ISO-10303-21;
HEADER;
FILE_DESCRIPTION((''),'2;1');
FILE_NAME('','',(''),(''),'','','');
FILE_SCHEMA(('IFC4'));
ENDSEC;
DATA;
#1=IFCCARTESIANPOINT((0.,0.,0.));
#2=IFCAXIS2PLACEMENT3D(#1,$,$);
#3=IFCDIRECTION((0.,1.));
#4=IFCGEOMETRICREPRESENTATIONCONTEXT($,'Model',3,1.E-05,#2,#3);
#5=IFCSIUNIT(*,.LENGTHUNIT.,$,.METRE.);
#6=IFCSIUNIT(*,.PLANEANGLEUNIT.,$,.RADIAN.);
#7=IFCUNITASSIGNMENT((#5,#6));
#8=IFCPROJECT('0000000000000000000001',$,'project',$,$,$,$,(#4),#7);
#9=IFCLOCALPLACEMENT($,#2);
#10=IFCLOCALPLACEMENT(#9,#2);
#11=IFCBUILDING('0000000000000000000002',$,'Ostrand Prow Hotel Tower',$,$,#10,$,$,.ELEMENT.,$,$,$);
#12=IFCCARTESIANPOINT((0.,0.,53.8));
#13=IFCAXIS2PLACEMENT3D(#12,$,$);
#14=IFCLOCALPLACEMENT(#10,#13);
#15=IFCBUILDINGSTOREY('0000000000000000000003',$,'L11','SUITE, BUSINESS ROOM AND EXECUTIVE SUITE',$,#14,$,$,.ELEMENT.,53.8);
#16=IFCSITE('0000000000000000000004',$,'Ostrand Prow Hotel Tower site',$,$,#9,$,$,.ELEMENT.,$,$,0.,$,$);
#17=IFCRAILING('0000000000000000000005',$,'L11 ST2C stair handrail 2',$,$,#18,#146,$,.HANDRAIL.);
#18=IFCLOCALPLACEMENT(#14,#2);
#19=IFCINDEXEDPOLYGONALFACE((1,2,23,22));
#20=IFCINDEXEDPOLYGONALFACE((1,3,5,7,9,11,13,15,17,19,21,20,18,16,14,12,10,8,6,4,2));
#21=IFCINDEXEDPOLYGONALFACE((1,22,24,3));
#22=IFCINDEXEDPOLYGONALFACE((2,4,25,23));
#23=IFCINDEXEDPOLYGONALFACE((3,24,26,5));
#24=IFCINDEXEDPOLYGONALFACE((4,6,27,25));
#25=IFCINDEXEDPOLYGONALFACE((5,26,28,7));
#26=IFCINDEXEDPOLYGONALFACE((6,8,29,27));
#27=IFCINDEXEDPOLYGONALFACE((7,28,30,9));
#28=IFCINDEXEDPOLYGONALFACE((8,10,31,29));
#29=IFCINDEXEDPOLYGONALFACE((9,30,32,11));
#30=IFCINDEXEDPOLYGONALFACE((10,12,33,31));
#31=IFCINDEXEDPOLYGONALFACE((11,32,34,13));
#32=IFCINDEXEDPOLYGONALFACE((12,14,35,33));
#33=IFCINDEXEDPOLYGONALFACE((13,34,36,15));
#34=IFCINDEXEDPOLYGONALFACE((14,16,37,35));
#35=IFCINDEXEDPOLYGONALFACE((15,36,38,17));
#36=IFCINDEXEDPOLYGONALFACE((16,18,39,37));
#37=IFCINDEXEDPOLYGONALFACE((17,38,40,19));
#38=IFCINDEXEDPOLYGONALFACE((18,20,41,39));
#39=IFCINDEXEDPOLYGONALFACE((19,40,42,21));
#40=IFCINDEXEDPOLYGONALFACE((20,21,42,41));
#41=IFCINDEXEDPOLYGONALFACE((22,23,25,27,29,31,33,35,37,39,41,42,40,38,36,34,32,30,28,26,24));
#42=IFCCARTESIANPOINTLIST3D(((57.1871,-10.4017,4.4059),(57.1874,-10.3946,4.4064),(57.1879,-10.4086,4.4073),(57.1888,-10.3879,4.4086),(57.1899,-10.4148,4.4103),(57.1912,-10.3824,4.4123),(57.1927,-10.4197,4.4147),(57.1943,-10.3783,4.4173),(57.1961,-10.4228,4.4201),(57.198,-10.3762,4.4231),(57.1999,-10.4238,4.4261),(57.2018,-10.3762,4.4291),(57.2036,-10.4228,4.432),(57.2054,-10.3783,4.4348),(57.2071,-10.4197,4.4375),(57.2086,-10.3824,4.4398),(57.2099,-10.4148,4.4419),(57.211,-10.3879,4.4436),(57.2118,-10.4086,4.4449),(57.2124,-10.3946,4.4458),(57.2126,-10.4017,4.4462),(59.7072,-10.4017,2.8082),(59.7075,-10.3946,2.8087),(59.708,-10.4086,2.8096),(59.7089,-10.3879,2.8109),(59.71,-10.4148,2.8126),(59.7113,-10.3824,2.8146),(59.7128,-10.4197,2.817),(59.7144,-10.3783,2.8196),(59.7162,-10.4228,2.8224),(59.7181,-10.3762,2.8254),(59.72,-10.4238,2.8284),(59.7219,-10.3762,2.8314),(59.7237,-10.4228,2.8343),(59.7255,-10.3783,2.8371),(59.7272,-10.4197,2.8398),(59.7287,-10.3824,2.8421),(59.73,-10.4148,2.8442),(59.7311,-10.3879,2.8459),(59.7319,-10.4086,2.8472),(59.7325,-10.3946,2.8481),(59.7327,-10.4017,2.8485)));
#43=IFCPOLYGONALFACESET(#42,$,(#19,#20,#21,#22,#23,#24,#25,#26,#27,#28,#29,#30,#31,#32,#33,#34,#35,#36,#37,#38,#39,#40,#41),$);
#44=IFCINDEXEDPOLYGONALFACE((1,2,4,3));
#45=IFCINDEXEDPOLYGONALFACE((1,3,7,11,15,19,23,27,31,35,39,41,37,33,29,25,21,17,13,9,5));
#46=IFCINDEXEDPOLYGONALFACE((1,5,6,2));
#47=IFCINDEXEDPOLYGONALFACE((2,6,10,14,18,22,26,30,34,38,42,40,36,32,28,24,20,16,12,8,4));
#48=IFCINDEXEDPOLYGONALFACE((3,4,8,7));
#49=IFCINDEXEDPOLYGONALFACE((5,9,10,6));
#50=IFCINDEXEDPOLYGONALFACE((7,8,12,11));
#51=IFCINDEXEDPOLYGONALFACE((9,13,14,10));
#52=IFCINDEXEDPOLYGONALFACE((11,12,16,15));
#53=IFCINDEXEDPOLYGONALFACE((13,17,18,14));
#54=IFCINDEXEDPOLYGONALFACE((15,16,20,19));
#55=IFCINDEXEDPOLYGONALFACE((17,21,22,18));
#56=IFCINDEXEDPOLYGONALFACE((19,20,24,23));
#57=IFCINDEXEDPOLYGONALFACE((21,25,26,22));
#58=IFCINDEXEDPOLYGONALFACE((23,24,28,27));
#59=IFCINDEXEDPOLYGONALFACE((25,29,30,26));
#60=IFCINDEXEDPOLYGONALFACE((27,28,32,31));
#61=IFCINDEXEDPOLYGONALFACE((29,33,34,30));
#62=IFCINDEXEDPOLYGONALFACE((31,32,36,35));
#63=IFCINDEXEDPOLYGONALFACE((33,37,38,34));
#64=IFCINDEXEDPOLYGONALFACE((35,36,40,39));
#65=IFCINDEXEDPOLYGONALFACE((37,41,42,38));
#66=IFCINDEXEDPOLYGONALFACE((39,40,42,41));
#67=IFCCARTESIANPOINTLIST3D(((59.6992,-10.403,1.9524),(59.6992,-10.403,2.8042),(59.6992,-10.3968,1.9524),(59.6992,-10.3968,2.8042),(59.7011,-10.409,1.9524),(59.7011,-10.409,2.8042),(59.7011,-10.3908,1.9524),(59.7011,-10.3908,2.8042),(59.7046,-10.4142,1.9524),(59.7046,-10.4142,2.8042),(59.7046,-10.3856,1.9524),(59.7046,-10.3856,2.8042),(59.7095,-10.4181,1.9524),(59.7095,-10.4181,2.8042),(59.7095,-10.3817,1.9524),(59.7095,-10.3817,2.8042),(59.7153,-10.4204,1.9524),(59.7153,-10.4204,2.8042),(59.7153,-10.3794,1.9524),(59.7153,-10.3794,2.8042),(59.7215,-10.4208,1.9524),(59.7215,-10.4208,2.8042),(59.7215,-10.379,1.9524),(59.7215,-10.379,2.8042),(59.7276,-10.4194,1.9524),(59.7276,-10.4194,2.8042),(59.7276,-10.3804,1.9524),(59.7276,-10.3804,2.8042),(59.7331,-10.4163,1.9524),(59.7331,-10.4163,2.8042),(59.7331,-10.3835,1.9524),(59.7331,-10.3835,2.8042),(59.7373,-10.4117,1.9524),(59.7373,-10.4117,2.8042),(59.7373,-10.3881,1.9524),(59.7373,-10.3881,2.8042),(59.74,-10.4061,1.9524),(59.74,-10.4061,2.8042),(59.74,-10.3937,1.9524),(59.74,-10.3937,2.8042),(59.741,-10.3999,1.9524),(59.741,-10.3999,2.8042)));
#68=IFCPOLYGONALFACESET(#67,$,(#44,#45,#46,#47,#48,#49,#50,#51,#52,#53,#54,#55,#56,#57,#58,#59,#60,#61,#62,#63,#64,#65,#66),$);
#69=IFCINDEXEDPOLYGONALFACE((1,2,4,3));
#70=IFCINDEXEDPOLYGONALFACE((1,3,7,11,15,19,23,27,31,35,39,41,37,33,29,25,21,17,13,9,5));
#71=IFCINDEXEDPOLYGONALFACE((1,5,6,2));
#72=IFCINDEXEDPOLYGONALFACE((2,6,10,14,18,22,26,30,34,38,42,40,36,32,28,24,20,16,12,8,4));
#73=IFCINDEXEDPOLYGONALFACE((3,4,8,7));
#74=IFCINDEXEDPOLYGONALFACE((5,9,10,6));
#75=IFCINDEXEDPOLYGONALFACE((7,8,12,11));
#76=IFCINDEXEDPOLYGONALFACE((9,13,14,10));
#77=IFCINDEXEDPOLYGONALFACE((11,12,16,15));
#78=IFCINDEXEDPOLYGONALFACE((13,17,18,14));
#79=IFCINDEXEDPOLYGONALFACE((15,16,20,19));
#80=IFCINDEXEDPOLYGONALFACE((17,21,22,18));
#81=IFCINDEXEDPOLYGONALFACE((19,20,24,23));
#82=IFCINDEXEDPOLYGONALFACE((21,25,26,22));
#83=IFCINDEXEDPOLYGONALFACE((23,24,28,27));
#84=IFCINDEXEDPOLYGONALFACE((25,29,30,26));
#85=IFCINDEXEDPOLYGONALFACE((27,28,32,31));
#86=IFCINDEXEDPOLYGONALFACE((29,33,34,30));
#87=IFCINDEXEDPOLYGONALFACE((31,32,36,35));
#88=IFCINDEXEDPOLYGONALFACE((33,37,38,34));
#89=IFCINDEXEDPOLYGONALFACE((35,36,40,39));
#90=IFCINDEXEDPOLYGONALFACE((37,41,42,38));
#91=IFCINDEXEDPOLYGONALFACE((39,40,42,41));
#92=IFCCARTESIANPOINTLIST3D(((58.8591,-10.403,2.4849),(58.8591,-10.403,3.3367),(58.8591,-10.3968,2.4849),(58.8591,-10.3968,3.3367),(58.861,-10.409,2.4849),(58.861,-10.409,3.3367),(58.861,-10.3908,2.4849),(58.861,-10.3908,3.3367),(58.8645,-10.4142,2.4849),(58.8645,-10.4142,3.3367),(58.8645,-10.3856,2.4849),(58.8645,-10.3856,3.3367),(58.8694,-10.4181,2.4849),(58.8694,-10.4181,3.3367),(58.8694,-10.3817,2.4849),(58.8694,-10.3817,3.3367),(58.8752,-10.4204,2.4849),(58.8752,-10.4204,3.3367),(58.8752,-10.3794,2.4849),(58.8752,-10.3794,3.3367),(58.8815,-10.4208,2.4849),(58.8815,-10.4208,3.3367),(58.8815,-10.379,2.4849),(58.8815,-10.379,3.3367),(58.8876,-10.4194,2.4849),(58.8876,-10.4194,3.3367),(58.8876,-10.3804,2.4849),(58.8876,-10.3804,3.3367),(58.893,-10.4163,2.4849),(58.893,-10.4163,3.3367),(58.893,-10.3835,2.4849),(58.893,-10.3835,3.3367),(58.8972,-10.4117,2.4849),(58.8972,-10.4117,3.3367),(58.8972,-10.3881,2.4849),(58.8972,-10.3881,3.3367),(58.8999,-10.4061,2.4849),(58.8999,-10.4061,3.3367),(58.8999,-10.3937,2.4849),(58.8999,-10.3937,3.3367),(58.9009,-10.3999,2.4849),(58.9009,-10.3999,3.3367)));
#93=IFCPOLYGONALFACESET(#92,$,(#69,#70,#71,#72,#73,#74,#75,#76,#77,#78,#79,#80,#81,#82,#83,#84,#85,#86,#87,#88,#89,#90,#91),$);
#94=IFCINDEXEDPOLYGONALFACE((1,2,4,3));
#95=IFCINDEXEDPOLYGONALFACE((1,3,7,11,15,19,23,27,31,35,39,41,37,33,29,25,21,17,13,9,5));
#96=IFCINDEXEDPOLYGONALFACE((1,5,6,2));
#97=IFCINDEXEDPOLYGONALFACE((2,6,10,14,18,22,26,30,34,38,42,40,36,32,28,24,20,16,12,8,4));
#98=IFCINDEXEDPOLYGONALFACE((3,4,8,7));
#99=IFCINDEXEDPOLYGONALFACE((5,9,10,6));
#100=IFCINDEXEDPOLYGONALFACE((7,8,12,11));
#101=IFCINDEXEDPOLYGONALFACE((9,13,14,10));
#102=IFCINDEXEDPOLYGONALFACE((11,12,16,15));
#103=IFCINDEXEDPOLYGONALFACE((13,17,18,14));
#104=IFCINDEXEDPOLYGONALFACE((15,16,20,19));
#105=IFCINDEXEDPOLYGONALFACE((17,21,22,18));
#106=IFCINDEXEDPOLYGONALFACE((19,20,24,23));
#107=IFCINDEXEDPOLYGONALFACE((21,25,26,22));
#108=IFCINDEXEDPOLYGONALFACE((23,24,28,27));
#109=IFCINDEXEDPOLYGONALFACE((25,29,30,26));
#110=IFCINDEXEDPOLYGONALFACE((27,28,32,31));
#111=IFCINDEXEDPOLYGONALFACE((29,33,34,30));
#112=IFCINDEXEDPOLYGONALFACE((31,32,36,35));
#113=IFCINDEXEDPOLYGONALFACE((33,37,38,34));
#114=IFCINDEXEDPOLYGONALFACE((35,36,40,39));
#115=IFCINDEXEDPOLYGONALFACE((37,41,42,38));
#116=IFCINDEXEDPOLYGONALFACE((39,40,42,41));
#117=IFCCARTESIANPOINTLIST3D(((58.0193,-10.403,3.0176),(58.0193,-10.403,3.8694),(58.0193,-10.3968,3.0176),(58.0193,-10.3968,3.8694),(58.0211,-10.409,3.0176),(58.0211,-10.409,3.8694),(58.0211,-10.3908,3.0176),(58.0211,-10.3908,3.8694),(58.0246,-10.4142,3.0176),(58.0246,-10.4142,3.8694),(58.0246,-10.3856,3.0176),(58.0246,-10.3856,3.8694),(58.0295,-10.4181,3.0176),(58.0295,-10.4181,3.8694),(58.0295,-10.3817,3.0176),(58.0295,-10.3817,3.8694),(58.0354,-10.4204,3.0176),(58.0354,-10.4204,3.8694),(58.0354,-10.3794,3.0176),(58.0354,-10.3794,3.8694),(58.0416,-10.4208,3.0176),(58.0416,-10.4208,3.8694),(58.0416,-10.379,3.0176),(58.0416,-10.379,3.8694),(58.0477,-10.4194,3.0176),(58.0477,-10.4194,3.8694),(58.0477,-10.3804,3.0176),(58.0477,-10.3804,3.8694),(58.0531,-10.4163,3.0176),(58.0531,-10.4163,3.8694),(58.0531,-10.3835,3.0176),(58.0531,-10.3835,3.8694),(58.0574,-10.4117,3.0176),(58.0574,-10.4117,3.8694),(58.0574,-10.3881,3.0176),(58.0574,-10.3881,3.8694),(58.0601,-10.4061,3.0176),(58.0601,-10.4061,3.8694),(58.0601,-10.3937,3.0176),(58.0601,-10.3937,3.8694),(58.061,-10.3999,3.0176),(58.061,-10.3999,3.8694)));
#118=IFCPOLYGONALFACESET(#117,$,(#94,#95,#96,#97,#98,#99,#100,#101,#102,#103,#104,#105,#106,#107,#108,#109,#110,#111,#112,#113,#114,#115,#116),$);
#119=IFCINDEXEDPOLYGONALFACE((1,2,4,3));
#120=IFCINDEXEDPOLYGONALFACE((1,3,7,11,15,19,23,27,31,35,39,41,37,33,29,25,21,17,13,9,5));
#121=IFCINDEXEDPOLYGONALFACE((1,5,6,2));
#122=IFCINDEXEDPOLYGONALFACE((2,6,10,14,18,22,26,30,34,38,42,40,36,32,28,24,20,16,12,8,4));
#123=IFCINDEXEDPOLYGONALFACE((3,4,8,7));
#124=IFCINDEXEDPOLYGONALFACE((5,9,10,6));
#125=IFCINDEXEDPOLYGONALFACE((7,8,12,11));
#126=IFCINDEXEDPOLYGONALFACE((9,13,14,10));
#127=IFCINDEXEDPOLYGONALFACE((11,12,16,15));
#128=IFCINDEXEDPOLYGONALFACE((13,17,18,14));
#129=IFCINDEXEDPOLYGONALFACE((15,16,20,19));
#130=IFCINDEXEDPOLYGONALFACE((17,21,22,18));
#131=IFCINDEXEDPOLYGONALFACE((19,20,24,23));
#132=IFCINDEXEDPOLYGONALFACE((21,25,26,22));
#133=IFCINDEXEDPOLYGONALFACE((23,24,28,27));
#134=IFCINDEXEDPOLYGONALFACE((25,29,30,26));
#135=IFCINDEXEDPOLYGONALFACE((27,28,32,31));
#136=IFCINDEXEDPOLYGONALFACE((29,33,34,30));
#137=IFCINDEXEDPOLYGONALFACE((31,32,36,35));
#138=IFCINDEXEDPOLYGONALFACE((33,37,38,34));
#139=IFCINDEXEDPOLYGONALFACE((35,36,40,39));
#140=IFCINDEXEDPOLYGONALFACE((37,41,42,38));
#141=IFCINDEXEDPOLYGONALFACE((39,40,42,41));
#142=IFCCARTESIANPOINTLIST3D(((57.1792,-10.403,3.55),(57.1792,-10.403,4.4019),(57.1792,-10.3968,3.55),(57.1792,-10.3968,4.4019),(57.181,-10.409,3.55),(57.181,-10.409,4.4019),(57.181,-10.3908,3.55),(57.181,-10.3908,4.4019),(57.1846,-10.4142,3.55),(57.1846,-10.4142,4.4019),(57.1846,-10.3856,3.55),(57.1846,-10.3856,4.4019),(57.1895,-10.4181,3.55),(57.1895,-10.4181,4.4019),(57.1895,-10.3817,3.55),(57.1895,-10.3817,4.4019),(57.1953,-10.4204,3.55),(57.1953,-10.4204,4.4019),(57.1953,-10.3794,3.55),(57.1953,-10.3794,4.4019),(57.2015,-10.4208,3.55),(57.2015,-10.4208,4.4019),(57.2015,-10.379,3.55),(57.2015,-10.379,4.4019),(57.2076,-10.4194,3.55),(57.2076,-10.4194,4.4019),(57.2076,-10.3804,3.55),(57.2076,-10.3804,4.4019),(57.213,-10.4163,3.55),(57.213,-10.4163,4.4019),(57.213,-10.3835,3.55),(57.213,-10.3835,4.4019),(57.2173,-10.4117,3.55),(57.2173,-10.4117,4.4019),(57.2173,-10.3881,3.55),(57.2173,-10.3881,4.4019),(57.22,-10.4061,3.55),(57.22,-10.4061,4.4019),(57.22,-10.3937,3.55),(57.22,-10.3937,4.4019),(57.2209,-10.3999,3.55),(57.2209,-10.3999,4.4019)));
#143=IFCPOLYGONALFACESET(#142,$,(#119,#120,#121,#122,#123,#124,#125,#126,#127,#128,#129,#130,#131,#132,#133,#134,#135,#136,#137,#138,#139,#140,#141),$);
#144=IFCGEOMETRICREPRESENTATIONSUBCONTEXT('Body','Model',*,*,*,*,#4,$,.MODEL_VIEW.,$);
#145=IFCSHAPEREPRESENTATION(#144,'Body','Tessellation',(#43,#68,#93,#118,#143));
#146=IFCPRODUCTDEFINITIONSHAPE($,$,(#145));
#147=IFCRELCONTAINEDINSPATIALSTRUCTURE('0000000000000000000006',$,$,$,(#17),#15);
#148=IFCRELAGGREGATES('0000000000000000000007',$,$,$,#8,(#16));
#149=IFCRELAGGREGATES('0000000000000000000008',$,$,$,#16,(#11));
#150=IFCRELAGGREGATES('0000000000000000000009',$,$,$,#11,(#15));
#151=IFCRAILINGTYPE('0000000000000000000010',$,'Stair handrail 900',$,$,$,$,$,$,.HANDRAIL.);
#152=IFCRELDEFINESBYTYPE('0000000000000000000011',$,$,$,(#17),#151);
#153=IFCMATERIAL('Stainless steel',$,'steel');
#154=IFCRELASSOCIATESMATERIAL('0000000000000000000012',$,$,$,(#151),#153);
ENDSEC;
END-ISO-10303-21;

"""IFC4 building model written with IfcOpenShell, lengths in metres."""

from ifc_helpers import new_model, si_unit, direction, frame, origin, origin_2d, place, context, subcontext, project, spatial, circle, extrude, material, type_object, element, save


model = new_model("IFC4")

# Units and contexts
model_context = context("Model", 3, precision=1e-05, world=origin(), true_north=direction((0.0, 1.0)))
body_context = subcontext(model_context, "Body", "Model", "MODEL_VIEW")
ifc_project = project(units=[si_unit("LENGTHUNIT", "METRE"), si_unit("PLANEANGLEUNIT", "RADIAN")], contexts=[model_context])

# Site, building, storey
site_placement = place(None, origin())
site = spatial("IfcSite", under=ifc_project, at=site_placement, Name="Ostrand Prow Hotel Tower site", CompositionType="ELEMENT", RefElevation=0.0)
building_placement = place(site_placement, origin())
building = spatial("IfcBuilding", under=site, at=building_placement, Name="Ostrand Prow Hotel Tower", CompositionType="ELEMENT")
storey_placement = place(building_placement, frame((0.0, 0.0, 53.8)))
storey = spatial("IfcBuildingStorey", under=building, at=storey_placement, Name="L11", Description="SUITE, BUSINESS ROOM AND EXECUTIVE SUITE", CompositionType="ELEMENT", Elevation=53.8)

# Railing
ifc_material_1 = material(Name="Stainless steel", Category="steel")
railing_type_1 = type_object("IfcRailingType", Name="Stair handrail 900", PredefinedType="HANDRAIL", material=ifc_material_1)
railing_1_placement = place(storey_placement, frame((59.72, -10.3999, 1.9524)))
element("IfcRailing", 1, at=railing_1_placement, inside=storey, type_object=railing_type_1, Name="L11 ST2C stair handrail 2", PredefinedType="HANDRAIL", context=body_context, shape_type="SweptSolid", body=[
    extrude(circle(Radius=0.0239, at=origin_2d()), frame((0.0, 0.0, 0.876), z_axis=(-0.84457, 0.0, 0.535445), x_axis=(0.0, -1.0, 0.0)), (0.0, 0.0, 1.0), 2.9839),
    extrude(circle(Radius=0.021, at=origin_2d()), origin(), (0.0, 0.0, 1.0), 0.8518),
    extrude(circle(Radius=0.021, at=origin_2d()), frame((-0.8401, 0.0, 0.5325)), (0.0, 0.0, 1.0), 0.8518),
    extrude(circle(Radius=0.021, at=origin_2d()), frame((-1.6799, 0.0, 1.0652)), (0.0, 0.0, 1.0), 0.8518),
    extrude(circle(Radius=0.021, at=origin_2d()), frame((-2.52, 0.0, 1.5977)), (0.0, 0.0, 1.0), 0.8518),
])

save(model, "model.ifc")
